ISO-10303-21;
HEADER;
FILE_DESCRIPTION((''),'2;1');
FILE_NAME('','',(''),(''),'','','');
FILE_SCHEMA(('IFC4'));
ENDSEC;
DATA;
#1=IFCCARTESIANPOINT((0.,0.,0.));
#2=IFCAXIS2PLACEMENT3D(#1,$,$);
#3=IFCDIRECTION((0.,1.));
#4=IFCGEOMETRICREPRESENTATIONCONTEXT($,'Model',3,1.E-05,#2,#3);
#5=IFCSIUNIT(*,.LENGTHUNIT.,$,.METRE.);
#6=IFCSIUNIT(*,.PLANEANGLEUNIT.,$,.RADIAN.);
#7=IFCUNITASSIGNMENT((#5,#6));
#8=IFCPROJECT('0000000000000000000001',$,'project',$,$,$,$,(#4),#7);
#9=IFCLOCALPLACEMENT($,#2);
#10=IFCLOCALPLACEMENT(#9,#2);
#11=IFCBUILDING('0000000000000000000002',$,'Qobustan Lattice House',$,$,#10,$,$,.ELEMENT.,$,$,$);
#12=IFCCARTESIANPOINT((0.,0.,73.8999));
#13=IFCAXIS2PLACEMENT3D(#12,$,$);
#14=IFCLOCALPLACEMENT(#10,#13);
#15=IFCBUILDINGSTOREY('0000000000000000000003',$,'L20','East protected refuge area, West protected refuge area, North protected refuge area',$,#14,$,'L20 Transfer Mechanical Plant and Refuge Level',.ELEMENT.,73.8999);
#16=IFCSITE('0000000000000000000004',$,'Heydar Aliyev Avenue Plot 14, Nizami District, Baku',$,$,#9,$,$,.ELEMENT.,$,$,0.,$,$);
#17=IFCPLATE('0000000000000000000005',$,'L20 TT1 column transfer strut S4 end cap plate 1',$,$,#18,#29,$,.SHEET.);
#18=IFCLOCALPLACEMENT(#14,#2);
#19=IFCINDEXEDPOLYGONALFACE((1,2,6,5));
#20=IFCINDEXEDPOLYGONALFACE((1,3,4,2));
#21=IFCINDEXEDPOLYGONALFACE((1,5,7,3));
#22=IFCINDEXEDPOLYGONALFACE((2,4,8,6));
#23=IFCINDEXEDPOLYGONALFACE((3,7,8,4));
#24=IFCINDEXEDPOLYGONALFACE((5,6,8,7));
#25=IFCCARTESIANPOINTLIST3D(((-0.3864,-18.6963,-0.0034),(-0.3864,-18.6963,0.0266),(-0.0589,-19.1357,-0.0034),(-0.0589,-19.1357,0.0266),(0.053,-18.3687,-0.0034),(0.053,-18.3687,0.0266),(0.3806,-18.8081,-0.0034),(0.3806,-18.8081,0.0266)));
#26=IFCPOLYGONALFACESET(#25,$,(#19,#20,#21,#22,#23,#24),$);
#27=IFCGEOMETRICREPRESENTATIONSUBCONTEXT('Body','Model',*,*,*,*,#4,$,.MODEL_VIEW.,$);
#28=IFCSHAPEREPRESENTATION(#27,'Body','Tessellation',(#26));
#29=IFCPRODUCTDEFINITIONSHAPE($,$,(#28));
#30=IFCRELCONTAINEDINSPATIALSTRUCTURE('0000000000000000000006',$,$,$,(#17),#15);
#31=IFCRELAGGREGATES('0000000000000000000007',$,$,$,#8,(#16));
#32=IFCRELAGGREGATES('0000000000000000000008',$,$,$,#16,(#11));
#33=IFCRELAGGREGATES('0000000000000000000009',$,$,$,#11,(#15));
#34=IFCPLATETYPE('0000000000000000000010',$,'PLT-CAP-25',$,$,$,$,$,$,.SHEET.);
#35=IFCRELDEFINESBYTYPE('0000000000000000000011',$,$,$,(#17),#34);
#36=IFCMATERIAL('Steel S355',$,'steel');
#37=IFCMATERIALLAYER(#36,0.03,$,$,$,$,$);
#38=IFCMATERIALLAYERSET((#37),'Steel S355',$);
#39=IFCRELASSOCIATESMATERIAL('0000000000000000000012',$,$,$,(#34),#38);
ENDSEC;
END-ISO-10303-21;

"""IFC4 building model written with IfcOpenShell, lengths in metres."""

from ifc_helpers import new_model, si_unit, direction, frame, origin, origin_2d, place, context, subcontext, project, spatial, rectangle, extrude, material, layer, layer_set, type_object, element, save


model = new_model("IFC4")

# Units and contexts
model_context = context("Model", 3, precision=1e-05, world=origin(), true_north=direction((0.0, 1.0)))
body_context = subcontext(model_context, "Body", "Model", "MODEL_VIEW")
ifc_project = project(units=[si_unit("LENGTHUNIT", "METRE"), si_unit("PLANEANGLEUNIT", "RADIAN")], contexts=[model_context])

# Site, building, storey
site_placement = place(None, origin())
site = spatial("IfcSite", under=ifc_project, at=site_placement, Name="Heydar Aliyev Avenue Plot 14, Nizami District, Baku", CompositionType="ELEMENT", RefElevation=0.0)
building_placement = place(site_placement, origin())
building = spatial("IfcBuilding", under=site, at=building_placement, Name="Qobustan Lattice House", CompositionType="ELEMENT")
storey_placement = place(building_placement, frame((0.0, 0.0, 73.8999)))
storey = spatial("IfcBuildingStorey", under=building, at=storey_placement, Name="L20", Description="East protected refuge area, West protected refuge area, North protected refuge area", LongName="L20 Transfer Mechanical Plant and Refuge Level", CompositionType="ELEMENT", Elevation=73.8999)

# Plate
ifc_material_1 = material(Name="Steel S355", Category="steel")
ifc_layer = layer(ifc_material_1, 0.03)
ifc_layer_set = layer_set([ifc_layer], Name="Steel S355")
plate_type = type_object("IfcPlateType", Name="PLT-CAP-25", PredefinedType="SHEET", material=ifc_layer_set)
for number, where, z_axis, x_axis, name in (
    (1, (-0.0029, -18.7522, -0.0034), (0.0, 0.0, 1.0), (0.801776, 0.597625, 0.0), "L20 TT1 column transfer strut S4 end cap plate 1"),
):
    element("IfcPlate", number, at=place(storey_placement, frame(where, z_axis=z_axis, x_axis=x_axis)), inside=storey, type_object=plate_type, Name=name, PredefinedType="SHEET", context=body_context, shape_type="SweptSolid", body=[
        extrude(rectangle(XDim=0.5481, YDim=0.5481, at=origin_2d()), origin(), (0.0, 0.0, 1.0), 0.03),
    ])

save(model, "model.ifc")
